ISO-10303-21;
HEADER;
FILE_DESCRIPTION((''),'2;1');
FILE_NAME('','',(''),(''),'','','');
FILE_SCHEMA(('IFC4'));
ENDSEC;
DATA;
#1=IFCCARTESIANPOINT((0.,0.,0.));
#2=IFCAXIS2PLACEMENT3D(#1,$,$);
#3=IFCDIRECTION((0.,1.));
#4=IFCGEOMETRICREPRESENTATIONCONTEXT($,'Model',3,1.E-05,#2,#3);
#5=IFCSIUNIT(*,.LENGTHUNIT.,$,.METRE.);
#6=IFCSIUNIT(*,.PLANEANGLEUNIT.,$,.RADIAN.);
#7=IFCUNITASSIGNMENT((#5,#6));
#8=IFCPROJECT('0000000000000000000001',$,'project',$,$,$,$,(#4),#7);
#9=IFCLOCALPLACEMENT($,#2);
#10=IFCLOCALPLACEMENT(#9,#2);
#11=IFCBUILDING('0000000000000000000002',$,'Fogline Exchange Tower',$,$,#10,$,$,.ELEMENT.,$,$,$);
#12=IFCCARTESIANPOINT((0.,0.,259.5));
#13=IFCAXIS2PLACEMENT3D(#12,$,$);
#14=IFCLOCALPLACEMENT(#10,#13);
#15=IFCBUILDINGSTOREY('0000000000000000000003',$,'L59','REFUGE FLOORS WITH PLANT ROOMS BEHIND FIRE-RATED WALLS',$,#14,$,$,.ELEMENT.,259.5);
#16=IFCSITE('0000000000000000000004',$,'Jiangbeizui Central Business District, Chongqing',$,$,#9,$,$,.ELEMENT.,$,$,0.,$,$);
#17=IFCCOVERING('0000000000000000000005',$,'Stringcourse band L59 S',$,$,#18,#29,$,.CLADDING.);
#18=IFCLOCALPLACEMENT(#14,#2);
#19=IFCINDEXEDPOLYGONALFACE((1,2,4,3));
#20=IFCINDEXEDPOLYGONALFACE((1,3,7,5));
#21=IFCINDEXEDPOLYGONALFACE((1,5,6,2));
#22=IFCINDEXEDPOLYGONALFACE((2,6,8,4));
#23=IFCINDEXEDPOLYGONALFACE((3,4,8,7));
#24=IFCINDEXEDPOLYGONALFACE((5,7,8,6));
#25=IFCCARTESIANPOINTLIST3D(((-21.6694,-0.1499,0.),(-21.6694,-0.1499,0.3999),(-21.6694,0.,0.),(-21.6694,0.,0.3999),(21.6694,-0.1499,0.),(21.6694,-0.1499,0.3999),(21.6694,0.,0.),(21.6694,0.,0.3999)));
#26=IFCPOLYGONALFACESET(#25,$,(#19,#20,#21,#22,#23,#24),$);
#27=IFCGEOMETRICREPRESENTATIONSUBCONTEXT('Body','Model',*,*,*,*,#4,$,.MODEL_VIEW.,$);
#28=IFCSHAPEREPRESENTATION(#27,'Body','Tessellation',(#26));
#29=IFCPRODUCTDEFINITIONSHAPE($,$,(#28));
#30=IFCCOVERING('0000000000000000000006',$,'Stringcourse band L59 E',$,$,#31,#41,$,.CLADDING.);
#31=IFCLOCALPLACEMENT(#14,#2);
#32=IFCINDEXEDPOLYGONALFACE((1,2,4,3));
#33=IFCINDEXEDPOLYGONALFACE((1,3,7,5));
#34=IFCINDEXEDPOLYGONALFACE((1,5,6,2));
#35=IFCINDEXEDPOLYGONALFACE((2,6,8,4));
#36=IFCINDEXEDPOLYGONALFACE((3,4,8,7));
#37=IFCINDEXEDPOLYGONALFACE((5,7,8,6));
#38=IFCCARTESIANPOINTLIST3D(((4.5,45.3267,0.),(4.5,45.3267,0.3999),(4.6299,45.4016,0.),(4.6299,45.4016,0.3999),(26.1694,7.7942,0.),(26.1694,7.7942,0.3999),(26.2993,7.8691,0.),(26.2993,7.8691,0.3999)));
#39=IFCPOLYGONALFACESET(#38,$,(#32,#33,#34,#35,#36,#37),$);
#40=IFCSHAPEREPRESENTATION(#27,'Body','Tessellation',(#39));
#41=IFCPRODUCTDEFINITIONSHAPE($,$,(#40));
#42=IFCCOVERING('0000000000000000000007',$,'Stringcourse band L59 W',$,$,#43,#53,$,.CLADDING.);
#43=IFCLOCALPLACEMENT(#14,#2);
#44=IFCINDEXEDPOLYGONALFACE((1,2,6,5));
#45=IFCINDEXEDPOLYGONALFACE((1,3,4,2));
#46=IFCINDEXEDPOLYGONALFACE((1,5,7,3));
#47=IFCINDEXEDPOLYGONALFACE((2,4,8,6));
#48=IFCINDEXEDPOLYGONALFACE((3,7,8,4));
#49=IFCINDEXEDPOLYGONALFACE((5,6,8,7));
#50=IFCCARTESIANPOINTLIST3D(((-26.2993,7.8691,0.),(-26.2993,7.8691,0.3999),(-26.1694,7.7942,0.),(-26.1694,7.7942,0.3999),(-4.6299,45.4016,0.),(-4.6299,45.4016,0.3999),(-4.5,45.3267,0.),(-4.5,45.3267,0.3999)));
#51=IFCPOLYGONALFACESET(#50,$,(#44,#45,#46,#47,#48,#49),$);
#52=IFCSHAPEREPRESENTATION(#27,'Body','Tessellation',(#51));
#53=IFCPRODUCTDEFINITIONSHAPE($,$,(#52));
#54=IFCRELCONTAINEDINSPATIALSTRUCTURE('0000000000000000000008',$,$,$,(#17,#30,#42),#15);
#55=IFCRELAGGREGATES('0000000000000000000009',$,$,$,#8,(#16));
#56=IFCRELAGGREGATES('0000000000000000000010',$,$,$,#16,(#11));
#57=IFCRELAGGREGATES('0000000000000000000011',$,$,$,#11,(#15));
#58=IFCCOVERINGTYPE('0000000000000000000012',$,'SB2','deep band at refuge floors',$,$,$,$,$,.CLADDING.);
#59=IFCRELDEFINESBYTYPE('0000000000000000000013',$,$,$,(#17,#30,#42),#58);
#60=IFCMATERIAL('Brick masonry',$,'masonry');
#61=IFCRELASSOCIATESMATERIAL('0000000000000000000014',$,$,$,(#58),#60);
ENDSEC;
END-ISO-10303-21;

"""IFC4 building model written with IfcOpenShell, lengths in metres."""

from ifc_helpers import new_model, si_unit, direction, frame, origin, place, context, subcontext, project, spatial, polyline, outline, extrude, material, type_object, element, save


model = new_model("IFC4")

# Units and contexts
model_context = context("Model", 3, precision=1e-05, world=origin(), true_north=direction((0.0, 1.0)))
body_context = subcontext(model_context, "Body", "Model", "MODEL_VIEW")
ifc_project = project(units=[si_unit("LENGTHUNIT", "METRE"), si_unit("PLANEANGLEUNIT", "RADIAN")], contexts=[model_context])

# Site, building, storey
site_placement = place(None, origin())
site = spatial("IfcSite", under=ifc_project, at=site_placement, Name="Jiangbeizui Central Business District, Chongqing", CompositionType="ELEMENT", RefElevation=0.0)
building_placement = place(site_placement, origin())
building = spatial("IfcBuilding", under=site, at=building_placement, Name="Fogline Exchange Tower", CompositionType="ELEMENT")
storey_placement = place(building_placement, frame((0.0, 0.0, 259.5)))
storey = spatial("IfcBuildingStorey", under=building, at=storey_placement, Name="L59", Description="REFUGE FLOORS WITH PLANT ROOMS BEHIND FIRE-RATED WALLS", CompositionType="ELEMENT", Elevation=259.5)

# Shared definitions
ifc_material_1 = material(Name="Brick masonry", Category="masonry")

# Coverings
covering_type_1 = type_object("IfcCoveringType", Name="SB2", Description="deep band at refuge floors", PredefinedType="CLADDING", material=ifc_material_1)
covering_1_placement = place(storey_placement, origin())
element("IfcCovering", 1, at=covering_1_placement, inside=storey, type_object=covering_type_1, Name="Stringcourse band L59 S", PredefinedType="CLADDING", context=body_context, shape_type="SweptSolid", body=[
    extrude(outline(polyline([(-21.6694, 0.0), (-21.6694, -0.1499), (21.6694, -0.1499), (21.6694, 0.0), (-21.6694, 0.0)])), origin(), (0.0, 0.0, 1.0), 0.3999),
])
covering_2_placement = place(storey_placement, origin())
element("IfcCovering", 2, at=covering_2_placement, inside=storey, type_object=covering_type_1, Name="Stringcourse band L59 E", PredefinedType="CLADDING", context=body_context, shape_type="SweptSolid", body=[
    extrude(outline(polyline([(26.1694, 7.7942), (26.2993, 7.8691), (4.6299, 45.4016), (4.5, 45.3267), (26.1694, 7.7942)])), origin(), (0.0, 0.0, 1.0), 0.3999),
])
covering_3_placement = place(storey_placement, origin())
element("IfcCovering", 3, at=covering_3_placement, inside=storey, type_object=covering_type_1, Name="Stringcourse band L59 W", PredefinedType="CLADDING", context=body_context, shape_type="SweptSolid", body=[
    extrude(outline(polyline([(-4.5, 45.3267), (-4.6299, 45.4016), (-26.2993, 7.8691), (-26.1694, 7.7942), (-4.5, 45.3267)])), origin(), (0.0, 0.0, 1.0), 0.3999),
])

save(model, "model.ifc")
